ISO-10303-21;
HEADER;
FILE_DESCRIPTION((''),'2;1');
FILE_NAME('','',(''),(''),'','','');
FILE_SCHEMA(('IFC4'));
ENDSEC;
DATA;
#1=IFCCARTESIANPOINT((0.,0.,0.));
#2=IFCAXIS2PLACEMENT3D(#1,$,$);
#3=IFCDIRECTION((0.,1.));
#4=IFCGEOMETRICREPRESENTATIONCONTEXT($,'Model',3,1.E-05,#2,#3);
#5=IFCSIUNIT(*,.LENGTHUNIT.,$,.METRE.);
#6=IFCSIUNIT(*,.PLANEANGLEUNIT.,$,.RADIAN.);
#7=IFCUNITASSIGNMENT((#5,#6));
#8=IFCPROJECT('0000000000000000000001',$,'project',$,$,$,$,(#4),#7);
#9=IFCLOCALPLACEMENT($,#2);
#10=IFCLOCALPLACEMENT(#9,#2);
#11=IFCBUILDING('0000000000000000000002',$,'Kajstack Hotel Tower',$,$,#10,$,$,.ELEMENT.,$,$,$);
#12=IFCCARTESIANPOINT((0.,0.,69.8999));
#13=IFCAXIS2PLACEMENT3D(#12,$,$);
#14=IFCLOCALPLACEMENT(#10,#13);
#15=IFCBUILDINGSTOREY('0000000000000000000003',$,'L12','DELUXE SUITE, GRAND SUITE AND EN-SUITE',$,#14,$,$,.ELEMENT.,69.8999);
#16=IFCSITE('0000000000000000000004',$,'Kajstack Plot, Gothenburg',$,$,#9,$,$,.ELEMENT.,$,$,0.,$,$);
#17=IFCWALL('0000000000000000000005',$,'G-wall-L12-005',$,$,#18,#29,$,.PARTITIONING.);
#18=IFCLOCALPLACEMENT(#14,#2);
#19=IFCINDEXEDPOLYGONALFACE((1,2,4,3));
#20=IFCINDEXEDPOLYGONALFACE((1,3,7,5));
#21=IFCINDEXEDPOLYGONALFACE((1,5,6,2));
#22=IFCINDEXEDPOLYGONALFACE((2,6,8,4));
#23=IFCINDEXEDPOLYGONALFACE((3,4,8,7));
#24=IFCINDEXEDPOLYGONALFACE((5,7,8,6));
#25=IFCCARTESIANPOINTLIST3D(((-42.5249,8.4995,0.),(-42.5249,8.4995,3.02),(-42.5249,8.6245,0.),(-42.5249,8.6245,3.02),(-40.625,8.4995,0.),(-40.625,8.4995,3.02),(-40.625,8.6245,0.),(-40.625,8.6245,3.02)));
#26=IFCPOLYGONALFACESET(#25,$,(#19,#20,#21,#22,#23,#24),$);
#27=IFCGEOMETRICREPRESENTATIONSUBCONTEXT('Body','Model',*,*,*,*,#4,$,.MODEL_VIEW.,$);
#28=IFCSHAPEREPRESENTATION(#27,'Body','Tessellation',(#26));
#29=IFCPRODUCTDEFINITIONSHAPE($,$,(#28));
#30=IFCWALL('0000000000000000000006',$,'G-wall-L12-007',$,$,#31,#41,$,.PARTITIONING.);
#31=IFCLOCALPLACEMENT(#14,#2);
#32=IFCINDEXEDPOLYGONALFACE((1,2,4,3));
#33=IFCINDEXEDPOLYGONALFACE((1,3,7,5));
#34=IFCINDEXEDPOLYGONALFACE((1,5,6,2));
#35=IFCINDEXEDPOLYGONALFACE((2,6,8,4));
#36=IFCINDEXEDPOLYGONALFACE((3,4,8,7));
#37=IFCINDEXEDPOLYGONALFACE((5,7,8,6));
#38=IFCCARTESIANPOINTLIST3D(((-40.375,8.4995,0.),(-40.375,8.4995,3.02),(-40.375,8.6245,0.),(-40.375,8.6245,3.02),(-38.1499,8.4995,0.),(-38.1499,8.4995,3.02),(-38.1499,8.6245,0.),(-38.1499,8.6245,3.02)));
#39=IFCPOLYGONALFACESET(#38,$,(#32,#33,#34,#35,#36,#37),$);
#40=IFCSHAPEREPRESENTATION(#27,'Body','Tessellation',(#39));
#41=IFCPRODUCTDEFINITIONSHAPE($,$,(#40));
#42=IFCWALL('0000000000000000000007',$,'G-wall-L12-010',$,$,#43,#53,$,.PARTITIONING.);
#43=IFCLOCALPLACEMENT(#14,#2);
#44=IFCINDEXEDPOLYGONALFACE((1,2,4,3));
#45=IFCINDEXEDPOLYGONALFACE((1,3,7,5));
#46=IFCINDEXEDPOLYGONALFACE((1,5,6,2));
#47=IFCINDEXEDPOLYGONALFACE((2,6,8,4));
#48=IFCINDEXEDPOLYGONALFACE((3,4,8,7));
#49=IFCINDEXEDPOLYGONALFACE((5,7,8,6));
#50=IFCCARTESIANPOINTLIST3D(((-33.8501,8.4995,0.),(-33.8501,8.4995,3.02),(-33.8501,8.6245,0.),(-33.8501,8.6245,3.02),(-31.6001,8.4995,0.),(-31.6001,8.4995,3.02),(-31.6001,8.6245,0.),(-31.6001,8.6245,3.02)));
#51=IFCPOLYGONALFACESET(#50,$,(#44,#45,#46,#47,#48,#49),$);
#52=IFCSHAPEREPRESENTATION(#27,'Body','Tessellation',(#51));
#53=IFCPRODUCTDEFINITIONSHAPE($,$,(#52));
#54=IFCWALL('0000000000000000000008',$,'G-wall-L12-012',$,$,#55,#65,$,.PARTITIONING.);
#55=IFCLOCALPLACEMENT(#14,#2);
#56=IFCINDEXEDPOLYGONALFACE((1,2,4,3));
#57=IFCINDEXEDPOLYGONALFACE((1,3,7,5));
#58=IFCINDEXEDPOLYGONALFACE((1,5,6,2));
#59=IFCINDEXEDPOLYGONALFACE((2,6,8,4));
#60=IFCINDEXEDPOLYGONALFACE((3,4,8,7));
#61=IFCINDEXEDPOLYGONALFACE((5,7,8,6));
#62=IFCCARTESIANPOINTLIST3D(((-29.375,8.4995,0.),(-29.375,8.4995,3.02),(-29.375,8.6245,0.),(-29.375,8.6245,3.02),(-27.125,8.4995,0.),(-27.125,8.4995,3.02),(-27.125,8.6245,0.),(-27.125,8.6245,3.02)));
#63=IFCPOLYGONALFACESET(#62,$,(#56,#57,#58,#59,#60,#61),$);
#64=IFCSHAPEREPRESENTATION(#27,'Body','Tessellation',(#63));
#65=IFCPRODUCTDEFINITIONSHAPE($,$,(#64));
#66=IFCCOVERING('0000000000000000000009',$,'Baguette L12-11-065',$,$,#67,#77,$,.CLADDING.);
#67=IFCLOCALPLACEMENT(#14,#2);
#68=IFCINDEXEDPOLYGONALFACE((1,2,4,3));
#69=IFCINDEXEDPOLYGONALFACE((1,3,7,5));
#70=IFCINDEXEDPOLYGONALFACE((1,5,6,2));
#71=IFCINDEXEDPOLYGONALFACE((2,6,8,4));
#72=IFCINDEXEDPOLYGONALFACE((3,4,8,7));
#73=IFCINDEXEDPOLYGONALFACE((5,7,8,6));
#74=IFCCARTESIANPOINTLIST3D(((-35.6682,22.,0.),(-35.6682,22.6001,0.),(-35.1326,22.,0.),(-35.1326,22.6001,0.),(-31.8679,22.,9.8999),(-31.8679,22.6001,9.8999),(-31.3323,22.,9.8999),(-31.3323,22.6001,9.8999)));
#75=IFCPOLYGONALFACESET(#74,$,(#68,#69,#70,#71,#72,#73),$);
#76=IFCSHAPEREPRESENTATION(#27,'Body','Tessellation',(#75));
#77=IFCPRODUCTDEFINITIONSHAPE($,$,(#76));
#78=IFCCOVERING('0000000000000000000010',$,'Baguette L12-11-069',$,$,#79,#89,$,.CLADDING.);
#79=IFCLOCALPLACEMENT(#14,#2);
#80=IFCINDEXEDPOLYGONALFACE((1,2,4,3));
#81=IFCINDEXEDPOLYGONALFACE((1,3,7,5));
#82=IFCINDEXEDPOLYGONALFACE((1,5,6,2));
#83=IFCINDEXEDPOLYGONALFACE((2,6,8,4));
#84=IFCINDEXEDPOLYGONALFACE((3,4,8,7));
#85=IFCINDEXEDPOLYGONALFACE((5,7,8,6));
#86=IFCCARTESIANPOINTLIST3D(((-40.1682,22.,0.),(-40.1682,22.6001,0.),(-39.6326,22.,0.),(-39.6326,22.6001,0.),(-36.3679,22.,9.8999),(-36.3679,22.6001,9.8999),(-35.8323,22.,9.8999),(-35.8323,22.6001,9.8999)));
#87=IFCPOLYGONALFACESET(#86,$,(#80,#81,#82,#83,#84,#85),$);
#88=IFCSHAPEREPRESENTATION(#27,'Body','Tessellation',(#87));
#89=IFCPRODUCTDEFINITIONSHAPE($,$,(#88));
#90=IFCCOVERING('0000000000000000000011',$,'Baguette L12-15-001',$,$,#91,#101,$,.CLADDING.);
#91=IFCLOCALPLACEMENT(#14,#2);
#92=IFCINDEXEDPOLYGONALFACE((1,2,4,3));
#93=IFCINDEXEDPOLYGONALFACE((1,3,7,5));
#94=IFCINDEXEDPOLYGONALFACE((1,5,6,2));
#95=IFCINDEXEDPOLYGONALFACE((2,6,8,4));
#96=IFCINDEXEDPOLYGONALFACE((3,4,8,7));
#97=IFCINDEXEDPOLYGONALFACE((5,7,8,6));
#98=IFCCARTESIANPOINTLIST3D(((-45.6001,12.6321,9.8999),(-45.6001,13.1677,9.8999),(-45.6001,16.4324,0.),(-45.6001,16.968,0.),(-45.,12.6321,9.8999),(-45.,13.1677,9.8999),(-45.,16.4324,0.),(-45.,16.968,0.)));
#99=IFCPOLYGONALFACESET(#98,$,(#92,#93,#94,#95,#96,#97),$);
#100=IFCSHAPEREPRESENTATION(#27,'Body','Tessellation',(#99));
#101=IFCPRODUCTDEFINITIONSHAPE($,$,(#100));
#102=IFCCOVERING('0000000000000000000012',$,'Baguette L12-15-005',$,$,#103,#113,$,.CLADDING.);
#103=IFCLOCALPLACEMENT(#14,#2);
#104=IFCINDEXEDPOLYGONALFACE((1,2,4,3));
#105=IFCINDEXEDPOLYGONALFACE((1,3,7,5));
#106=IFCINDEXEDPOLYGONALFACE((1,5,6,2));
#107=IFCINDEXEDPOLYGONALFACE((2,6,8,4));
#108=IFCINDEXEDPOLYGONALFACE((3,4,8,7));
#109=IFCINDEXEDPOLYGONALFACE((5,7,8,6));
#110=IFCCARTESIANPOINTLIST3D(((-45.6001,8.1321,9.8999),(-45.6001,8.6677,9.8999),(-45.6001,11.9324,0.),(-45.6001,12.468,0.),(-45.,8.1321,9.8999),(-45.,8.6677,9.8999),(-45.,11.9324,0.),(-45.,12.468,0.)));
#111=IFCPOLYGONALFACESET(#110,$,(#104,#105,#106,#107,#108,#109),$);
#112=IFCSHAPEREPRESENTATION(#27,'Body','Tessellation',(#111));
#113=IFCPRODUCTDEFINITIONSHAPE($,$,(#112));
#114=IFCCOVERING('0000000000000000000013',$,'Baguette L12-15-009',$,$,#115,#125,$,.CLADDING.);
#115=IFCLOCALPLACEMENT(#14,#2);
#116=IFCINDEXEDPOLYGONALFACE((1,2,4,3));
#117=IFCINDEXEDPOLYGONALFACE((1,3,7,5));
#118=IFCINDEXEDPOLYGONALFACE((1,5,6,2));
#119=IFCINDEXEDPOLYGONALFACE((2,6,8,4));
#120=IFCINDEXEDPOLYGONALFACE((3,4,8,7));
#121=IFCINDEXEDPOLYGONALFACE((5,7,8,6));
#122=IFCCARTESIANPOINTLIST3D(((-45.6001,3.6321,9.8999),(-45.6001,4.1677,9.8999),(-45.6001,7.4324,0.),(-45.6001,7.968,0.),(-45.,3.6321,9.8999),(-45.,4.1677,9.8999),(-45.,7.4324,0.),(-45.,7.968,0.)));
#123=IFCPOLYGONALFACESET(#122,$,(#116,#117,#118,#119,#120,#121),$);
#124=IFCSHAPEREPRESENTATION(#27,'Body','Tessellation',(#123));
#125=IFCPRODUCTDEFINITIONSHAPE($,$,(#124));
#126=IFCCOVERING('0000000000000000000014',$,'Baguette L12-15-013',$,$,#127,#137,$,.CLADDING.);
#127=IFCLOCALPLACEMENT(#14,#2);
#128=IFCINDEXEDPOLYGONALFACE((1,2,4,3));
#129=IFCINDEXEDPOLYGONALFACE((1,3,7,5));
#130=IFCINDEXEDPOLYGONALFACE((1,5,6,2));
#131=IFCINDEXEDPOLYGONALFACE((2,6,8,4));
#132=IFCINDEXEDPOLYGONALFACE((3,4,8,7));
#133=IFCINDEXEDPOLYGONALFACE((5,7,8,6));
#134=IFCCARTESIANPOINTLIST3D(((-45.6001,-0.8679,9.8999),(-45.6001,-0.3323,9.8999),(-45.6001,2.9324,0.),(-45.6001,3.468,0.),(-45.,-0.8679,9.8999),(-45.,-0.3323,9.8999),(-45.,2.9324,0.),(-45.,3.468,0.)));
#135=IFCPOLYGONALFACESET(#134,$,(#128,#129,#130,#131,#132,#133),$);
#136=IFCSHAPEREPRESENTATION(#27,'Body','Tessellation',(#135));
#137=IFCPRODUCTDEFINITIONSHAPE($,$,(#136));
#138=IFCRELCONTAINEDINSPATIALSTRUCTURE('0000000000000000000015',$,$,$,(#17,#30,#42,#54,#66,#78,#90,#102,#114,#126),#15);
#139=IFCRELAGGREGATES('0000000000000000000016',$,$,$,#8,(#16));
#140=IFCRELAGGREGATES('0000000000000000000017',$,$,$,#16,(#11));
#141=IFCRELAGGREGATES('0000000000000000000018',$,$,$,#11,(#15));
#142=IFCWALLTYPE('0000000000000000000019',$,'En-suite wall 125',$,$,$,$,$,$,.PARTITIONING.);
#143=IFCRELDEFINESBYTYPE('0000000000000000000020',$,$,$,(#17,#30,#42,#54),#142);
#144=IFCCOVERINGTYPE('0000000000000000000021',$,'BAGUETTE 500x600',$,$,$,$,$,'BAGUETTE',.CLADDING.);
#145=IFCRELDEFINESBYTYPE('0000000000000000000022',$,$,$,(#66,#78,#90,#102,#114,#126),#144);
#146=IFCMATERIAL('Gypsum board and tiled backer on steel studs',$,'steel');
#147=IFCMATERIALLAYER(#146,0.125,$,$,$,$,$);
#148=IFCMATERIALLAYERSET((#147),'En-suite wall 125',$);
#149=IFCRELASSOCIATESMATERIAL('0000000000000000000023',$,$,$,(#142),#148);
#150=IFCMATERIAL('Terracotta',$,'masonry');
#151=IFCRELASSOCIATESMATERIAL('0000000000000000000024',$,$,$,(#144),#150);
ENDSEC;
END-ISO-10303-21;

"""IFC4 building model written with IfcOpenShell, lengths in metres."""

from ifc_helpers import new_model, si_unit, direction, frame, frame_2d, origin, origin_2d, place, context, subcontext, project, spatial, polyline, rectangle, outline, extrude, material, layer, layer_set, material_profile, profile_set, type_object, element, save


model = new_model("IFC4")

# Units and contexts
model_context = context("Model", 3, precision=1e-05, world=origin(), true_north=direction((0.0, 1.0)))
body_context = subcontext(model_context, "Body", "Model", "MODEL_VIEW")
ifc_project = project(units=[si_unit("LENGTHUNIT", "METRE"), si_unit("PLANEANGLEUNIT", "RADIAN")], contexts=[model_context])

# Site, building, storey
site_placement = place(None, origin())
site = spatial("IfcSite", under=ifc_project, at=site_placement, Name="Kajstack Plot, Gothenburg", CompositionType="ELEMENT", RefElevation=0.0)
building_placement = place(site_placement, origin())
building = spatial("IfcBuilding", under=site, at=building_placement, Name="Kajstack Hotel Tower", CompositionType="ELEMENT")
storey_placement = place(building_placement, frame((0.0, 0.0, 69.8999)))
storey = spatial("IfcBuildingStorey", under=building, at=storey_placement, Name="L12", Description="DELUXE SUITE, GRAND SUITE AND EN-SUITE", CompositionType="ELEMENT", Elevation=69.8999)

# Walls
ifc_material_1 = material(Name="Gypsum board and tiled backer on steel studs", Category="steel")
ifc_layer_1 = layer(ifc_material_1, 0.125)
ifc_layer_set_1 = layer_set([ifc_layer_1], Name="En-suite wall 125")
wall_type_1 = type_object("IfcWallType", Name="En-suite wall 125", PredefinedType="PARTITIONING", material=ifc_layer_set_1)
wall_1_placement = place(storey_placement, frame((-42.5249, 8.562, 0.0), z_axis=(0.0, 0.0, 1.0), x_axis=(1.0, 0.0, 0.0)))
element("IfcWall", 1, at=wall_1_placement, inside=storey, type_object=wall_type_1, Name="G-wall-L12-005", PredefinedType="PARTITIONING", context=body_context, shape_type="SweptSolid", body=[
    extrude(rectangle(XDim=1.8999, YDim=0.125, at=frame_2d((0.95, 0.0))), origin(), (0.0, 0.0, 1.0), 3.02),
])
wall_2_placement = place(storey_placement, frame((-40.375, 8.562, 0.0), z_axis=(0.0, 0.0, 1.0), x_axis=(1.0, 0.0, 0.0)))
element("IfcWall", 2, at=wall_2_placement, inside=storey, type_object=wall_type_1, Name="G-wall-L12-007", PredefinedType="PARTITIONING", context=body_context, shape_type="SweptSolid", body=[
    extrude(rectangle(XDim=2.2251, YDim=0.125, at=frame_2d((1.1125, 0.0))), origin(), (0.0, 0.0, 1.0), 3.02),
])
for number, where, z_axis, x_axis, name in (
    (3, (-33.8501, 8.562, 0.0), (0.0, 0.0, 1.0), (1.0, 0.0, 0.0), "G-wall-L12-010"),
    (4, (-29.375, 8.562, 0.0), (0.0, 0.0, 1.0), (1.0, 0.0, 0.0), "G-wall-L12-012"),
):
    element("IfcWall", number, at=place(storey_placement, frame(where, z_axis=z_axis, x_axis=x_axis)), inside=storey, type_object=wall_type_1, Name=name, PredefinedType="PARTITIONING", context=body_context, shape_type="SweptSolid", body=[
        extrude(rectangle(XDim=2.25, YDim=0.125, at=frame_2d((1.125, 0.0))), origin(), (0.0, 0.0, 1.0), 3.02),
    ])

# Coverings
ifc_material_2 = material(Name="Terracotta", Category="masonry")
ifc_material_profile = material_profile(ifc_material_2, rectangle(XDim=0.6001, YDim=0.5, at=origin_2d()), Name="Terracotta-clad concrete baguette 500 x 600")
ifc_profile_set = profile_set([ifc_material_profile], Name="Terracotta")
covering_type = type_object("IfcCoveringType", Name="BAGUETTE 500x600", ElementType="BAGUETTE", PredefinedType="CLADDING", material=ifc_profile_set)
for number, where, z_axis, x_axis, name in (
    (5, (-31.3323, 22.0, 0.0), (0.0, 1.0, 0.0), (-1.0, 0.0, 0.0), "Baguette L12-11-065"),
    (6, (-35.8323, 22.0, 0.0), (0.0, 1.0, 0.0), (-1.0, 0.0, 0.0), "Baguette L12-11-069"),
):
    element("IfcCovering", number, at=place(storey_placement, frame(where, z_axis=z_axis, x_axis=x_axis)), inside=storey, type_object=covering_type, Name=name, PredefinedType="CLADDING", context=body_context, shape_type="SweptSolid", body=[
        extrude(outline(polyline([(0.0, 9.8999), (3.8003, 0.0), (4.3359, 0.0), (0.5356, 9.8999), (0.0, 9.8999)])), origin(), (0.0, 0.0, 1.0), 0.6001),
    ])
for number, where, z_axis, x_axis, name in (
    (7, (-45.0, 16.968, 0.0), (-1.0, 0.0, 0.0), (0.0, -1.0, 0.0), "Baguette L12-15-001"),
    (8, (-45.0, 12.468, 0.0), (-1.0, 0.0, 0.0), (0.0, -1.0, 0.0), "Baguette L12-15-005"),
    (9, (-45.0, 7.968, 0.0), (-1.0, 0.0, 0.0), (0.0, -1.0, 0.0), "Baguette L12-15-009"),
    (10, (-45.0, 3.468, 0.0), (-1.0, 0.0, 0.0), (0.0, -1.0, 0.0), "Baguette L12-15-013"),
):
    element("IfcCovering", number, at=place(storey_placement, frame(where, z_axis=z_axis, x_axis=x_axis)), inside=storey, type_object=covering_type, Name=name, PredefinedType="CLADDING", context=body_context, shape_type="SweptSolid", body=[
        extrude(outline(polyline([(3.8003, 9.8999), (0.0, 0.0), (0.5356, 0.0), (4.3359, 9.8999), (3.8003, 9.8999)])), origin(), (0.0, 0.0, 1.0), 0.6001),
    ])

save(model, "model.ifc")
